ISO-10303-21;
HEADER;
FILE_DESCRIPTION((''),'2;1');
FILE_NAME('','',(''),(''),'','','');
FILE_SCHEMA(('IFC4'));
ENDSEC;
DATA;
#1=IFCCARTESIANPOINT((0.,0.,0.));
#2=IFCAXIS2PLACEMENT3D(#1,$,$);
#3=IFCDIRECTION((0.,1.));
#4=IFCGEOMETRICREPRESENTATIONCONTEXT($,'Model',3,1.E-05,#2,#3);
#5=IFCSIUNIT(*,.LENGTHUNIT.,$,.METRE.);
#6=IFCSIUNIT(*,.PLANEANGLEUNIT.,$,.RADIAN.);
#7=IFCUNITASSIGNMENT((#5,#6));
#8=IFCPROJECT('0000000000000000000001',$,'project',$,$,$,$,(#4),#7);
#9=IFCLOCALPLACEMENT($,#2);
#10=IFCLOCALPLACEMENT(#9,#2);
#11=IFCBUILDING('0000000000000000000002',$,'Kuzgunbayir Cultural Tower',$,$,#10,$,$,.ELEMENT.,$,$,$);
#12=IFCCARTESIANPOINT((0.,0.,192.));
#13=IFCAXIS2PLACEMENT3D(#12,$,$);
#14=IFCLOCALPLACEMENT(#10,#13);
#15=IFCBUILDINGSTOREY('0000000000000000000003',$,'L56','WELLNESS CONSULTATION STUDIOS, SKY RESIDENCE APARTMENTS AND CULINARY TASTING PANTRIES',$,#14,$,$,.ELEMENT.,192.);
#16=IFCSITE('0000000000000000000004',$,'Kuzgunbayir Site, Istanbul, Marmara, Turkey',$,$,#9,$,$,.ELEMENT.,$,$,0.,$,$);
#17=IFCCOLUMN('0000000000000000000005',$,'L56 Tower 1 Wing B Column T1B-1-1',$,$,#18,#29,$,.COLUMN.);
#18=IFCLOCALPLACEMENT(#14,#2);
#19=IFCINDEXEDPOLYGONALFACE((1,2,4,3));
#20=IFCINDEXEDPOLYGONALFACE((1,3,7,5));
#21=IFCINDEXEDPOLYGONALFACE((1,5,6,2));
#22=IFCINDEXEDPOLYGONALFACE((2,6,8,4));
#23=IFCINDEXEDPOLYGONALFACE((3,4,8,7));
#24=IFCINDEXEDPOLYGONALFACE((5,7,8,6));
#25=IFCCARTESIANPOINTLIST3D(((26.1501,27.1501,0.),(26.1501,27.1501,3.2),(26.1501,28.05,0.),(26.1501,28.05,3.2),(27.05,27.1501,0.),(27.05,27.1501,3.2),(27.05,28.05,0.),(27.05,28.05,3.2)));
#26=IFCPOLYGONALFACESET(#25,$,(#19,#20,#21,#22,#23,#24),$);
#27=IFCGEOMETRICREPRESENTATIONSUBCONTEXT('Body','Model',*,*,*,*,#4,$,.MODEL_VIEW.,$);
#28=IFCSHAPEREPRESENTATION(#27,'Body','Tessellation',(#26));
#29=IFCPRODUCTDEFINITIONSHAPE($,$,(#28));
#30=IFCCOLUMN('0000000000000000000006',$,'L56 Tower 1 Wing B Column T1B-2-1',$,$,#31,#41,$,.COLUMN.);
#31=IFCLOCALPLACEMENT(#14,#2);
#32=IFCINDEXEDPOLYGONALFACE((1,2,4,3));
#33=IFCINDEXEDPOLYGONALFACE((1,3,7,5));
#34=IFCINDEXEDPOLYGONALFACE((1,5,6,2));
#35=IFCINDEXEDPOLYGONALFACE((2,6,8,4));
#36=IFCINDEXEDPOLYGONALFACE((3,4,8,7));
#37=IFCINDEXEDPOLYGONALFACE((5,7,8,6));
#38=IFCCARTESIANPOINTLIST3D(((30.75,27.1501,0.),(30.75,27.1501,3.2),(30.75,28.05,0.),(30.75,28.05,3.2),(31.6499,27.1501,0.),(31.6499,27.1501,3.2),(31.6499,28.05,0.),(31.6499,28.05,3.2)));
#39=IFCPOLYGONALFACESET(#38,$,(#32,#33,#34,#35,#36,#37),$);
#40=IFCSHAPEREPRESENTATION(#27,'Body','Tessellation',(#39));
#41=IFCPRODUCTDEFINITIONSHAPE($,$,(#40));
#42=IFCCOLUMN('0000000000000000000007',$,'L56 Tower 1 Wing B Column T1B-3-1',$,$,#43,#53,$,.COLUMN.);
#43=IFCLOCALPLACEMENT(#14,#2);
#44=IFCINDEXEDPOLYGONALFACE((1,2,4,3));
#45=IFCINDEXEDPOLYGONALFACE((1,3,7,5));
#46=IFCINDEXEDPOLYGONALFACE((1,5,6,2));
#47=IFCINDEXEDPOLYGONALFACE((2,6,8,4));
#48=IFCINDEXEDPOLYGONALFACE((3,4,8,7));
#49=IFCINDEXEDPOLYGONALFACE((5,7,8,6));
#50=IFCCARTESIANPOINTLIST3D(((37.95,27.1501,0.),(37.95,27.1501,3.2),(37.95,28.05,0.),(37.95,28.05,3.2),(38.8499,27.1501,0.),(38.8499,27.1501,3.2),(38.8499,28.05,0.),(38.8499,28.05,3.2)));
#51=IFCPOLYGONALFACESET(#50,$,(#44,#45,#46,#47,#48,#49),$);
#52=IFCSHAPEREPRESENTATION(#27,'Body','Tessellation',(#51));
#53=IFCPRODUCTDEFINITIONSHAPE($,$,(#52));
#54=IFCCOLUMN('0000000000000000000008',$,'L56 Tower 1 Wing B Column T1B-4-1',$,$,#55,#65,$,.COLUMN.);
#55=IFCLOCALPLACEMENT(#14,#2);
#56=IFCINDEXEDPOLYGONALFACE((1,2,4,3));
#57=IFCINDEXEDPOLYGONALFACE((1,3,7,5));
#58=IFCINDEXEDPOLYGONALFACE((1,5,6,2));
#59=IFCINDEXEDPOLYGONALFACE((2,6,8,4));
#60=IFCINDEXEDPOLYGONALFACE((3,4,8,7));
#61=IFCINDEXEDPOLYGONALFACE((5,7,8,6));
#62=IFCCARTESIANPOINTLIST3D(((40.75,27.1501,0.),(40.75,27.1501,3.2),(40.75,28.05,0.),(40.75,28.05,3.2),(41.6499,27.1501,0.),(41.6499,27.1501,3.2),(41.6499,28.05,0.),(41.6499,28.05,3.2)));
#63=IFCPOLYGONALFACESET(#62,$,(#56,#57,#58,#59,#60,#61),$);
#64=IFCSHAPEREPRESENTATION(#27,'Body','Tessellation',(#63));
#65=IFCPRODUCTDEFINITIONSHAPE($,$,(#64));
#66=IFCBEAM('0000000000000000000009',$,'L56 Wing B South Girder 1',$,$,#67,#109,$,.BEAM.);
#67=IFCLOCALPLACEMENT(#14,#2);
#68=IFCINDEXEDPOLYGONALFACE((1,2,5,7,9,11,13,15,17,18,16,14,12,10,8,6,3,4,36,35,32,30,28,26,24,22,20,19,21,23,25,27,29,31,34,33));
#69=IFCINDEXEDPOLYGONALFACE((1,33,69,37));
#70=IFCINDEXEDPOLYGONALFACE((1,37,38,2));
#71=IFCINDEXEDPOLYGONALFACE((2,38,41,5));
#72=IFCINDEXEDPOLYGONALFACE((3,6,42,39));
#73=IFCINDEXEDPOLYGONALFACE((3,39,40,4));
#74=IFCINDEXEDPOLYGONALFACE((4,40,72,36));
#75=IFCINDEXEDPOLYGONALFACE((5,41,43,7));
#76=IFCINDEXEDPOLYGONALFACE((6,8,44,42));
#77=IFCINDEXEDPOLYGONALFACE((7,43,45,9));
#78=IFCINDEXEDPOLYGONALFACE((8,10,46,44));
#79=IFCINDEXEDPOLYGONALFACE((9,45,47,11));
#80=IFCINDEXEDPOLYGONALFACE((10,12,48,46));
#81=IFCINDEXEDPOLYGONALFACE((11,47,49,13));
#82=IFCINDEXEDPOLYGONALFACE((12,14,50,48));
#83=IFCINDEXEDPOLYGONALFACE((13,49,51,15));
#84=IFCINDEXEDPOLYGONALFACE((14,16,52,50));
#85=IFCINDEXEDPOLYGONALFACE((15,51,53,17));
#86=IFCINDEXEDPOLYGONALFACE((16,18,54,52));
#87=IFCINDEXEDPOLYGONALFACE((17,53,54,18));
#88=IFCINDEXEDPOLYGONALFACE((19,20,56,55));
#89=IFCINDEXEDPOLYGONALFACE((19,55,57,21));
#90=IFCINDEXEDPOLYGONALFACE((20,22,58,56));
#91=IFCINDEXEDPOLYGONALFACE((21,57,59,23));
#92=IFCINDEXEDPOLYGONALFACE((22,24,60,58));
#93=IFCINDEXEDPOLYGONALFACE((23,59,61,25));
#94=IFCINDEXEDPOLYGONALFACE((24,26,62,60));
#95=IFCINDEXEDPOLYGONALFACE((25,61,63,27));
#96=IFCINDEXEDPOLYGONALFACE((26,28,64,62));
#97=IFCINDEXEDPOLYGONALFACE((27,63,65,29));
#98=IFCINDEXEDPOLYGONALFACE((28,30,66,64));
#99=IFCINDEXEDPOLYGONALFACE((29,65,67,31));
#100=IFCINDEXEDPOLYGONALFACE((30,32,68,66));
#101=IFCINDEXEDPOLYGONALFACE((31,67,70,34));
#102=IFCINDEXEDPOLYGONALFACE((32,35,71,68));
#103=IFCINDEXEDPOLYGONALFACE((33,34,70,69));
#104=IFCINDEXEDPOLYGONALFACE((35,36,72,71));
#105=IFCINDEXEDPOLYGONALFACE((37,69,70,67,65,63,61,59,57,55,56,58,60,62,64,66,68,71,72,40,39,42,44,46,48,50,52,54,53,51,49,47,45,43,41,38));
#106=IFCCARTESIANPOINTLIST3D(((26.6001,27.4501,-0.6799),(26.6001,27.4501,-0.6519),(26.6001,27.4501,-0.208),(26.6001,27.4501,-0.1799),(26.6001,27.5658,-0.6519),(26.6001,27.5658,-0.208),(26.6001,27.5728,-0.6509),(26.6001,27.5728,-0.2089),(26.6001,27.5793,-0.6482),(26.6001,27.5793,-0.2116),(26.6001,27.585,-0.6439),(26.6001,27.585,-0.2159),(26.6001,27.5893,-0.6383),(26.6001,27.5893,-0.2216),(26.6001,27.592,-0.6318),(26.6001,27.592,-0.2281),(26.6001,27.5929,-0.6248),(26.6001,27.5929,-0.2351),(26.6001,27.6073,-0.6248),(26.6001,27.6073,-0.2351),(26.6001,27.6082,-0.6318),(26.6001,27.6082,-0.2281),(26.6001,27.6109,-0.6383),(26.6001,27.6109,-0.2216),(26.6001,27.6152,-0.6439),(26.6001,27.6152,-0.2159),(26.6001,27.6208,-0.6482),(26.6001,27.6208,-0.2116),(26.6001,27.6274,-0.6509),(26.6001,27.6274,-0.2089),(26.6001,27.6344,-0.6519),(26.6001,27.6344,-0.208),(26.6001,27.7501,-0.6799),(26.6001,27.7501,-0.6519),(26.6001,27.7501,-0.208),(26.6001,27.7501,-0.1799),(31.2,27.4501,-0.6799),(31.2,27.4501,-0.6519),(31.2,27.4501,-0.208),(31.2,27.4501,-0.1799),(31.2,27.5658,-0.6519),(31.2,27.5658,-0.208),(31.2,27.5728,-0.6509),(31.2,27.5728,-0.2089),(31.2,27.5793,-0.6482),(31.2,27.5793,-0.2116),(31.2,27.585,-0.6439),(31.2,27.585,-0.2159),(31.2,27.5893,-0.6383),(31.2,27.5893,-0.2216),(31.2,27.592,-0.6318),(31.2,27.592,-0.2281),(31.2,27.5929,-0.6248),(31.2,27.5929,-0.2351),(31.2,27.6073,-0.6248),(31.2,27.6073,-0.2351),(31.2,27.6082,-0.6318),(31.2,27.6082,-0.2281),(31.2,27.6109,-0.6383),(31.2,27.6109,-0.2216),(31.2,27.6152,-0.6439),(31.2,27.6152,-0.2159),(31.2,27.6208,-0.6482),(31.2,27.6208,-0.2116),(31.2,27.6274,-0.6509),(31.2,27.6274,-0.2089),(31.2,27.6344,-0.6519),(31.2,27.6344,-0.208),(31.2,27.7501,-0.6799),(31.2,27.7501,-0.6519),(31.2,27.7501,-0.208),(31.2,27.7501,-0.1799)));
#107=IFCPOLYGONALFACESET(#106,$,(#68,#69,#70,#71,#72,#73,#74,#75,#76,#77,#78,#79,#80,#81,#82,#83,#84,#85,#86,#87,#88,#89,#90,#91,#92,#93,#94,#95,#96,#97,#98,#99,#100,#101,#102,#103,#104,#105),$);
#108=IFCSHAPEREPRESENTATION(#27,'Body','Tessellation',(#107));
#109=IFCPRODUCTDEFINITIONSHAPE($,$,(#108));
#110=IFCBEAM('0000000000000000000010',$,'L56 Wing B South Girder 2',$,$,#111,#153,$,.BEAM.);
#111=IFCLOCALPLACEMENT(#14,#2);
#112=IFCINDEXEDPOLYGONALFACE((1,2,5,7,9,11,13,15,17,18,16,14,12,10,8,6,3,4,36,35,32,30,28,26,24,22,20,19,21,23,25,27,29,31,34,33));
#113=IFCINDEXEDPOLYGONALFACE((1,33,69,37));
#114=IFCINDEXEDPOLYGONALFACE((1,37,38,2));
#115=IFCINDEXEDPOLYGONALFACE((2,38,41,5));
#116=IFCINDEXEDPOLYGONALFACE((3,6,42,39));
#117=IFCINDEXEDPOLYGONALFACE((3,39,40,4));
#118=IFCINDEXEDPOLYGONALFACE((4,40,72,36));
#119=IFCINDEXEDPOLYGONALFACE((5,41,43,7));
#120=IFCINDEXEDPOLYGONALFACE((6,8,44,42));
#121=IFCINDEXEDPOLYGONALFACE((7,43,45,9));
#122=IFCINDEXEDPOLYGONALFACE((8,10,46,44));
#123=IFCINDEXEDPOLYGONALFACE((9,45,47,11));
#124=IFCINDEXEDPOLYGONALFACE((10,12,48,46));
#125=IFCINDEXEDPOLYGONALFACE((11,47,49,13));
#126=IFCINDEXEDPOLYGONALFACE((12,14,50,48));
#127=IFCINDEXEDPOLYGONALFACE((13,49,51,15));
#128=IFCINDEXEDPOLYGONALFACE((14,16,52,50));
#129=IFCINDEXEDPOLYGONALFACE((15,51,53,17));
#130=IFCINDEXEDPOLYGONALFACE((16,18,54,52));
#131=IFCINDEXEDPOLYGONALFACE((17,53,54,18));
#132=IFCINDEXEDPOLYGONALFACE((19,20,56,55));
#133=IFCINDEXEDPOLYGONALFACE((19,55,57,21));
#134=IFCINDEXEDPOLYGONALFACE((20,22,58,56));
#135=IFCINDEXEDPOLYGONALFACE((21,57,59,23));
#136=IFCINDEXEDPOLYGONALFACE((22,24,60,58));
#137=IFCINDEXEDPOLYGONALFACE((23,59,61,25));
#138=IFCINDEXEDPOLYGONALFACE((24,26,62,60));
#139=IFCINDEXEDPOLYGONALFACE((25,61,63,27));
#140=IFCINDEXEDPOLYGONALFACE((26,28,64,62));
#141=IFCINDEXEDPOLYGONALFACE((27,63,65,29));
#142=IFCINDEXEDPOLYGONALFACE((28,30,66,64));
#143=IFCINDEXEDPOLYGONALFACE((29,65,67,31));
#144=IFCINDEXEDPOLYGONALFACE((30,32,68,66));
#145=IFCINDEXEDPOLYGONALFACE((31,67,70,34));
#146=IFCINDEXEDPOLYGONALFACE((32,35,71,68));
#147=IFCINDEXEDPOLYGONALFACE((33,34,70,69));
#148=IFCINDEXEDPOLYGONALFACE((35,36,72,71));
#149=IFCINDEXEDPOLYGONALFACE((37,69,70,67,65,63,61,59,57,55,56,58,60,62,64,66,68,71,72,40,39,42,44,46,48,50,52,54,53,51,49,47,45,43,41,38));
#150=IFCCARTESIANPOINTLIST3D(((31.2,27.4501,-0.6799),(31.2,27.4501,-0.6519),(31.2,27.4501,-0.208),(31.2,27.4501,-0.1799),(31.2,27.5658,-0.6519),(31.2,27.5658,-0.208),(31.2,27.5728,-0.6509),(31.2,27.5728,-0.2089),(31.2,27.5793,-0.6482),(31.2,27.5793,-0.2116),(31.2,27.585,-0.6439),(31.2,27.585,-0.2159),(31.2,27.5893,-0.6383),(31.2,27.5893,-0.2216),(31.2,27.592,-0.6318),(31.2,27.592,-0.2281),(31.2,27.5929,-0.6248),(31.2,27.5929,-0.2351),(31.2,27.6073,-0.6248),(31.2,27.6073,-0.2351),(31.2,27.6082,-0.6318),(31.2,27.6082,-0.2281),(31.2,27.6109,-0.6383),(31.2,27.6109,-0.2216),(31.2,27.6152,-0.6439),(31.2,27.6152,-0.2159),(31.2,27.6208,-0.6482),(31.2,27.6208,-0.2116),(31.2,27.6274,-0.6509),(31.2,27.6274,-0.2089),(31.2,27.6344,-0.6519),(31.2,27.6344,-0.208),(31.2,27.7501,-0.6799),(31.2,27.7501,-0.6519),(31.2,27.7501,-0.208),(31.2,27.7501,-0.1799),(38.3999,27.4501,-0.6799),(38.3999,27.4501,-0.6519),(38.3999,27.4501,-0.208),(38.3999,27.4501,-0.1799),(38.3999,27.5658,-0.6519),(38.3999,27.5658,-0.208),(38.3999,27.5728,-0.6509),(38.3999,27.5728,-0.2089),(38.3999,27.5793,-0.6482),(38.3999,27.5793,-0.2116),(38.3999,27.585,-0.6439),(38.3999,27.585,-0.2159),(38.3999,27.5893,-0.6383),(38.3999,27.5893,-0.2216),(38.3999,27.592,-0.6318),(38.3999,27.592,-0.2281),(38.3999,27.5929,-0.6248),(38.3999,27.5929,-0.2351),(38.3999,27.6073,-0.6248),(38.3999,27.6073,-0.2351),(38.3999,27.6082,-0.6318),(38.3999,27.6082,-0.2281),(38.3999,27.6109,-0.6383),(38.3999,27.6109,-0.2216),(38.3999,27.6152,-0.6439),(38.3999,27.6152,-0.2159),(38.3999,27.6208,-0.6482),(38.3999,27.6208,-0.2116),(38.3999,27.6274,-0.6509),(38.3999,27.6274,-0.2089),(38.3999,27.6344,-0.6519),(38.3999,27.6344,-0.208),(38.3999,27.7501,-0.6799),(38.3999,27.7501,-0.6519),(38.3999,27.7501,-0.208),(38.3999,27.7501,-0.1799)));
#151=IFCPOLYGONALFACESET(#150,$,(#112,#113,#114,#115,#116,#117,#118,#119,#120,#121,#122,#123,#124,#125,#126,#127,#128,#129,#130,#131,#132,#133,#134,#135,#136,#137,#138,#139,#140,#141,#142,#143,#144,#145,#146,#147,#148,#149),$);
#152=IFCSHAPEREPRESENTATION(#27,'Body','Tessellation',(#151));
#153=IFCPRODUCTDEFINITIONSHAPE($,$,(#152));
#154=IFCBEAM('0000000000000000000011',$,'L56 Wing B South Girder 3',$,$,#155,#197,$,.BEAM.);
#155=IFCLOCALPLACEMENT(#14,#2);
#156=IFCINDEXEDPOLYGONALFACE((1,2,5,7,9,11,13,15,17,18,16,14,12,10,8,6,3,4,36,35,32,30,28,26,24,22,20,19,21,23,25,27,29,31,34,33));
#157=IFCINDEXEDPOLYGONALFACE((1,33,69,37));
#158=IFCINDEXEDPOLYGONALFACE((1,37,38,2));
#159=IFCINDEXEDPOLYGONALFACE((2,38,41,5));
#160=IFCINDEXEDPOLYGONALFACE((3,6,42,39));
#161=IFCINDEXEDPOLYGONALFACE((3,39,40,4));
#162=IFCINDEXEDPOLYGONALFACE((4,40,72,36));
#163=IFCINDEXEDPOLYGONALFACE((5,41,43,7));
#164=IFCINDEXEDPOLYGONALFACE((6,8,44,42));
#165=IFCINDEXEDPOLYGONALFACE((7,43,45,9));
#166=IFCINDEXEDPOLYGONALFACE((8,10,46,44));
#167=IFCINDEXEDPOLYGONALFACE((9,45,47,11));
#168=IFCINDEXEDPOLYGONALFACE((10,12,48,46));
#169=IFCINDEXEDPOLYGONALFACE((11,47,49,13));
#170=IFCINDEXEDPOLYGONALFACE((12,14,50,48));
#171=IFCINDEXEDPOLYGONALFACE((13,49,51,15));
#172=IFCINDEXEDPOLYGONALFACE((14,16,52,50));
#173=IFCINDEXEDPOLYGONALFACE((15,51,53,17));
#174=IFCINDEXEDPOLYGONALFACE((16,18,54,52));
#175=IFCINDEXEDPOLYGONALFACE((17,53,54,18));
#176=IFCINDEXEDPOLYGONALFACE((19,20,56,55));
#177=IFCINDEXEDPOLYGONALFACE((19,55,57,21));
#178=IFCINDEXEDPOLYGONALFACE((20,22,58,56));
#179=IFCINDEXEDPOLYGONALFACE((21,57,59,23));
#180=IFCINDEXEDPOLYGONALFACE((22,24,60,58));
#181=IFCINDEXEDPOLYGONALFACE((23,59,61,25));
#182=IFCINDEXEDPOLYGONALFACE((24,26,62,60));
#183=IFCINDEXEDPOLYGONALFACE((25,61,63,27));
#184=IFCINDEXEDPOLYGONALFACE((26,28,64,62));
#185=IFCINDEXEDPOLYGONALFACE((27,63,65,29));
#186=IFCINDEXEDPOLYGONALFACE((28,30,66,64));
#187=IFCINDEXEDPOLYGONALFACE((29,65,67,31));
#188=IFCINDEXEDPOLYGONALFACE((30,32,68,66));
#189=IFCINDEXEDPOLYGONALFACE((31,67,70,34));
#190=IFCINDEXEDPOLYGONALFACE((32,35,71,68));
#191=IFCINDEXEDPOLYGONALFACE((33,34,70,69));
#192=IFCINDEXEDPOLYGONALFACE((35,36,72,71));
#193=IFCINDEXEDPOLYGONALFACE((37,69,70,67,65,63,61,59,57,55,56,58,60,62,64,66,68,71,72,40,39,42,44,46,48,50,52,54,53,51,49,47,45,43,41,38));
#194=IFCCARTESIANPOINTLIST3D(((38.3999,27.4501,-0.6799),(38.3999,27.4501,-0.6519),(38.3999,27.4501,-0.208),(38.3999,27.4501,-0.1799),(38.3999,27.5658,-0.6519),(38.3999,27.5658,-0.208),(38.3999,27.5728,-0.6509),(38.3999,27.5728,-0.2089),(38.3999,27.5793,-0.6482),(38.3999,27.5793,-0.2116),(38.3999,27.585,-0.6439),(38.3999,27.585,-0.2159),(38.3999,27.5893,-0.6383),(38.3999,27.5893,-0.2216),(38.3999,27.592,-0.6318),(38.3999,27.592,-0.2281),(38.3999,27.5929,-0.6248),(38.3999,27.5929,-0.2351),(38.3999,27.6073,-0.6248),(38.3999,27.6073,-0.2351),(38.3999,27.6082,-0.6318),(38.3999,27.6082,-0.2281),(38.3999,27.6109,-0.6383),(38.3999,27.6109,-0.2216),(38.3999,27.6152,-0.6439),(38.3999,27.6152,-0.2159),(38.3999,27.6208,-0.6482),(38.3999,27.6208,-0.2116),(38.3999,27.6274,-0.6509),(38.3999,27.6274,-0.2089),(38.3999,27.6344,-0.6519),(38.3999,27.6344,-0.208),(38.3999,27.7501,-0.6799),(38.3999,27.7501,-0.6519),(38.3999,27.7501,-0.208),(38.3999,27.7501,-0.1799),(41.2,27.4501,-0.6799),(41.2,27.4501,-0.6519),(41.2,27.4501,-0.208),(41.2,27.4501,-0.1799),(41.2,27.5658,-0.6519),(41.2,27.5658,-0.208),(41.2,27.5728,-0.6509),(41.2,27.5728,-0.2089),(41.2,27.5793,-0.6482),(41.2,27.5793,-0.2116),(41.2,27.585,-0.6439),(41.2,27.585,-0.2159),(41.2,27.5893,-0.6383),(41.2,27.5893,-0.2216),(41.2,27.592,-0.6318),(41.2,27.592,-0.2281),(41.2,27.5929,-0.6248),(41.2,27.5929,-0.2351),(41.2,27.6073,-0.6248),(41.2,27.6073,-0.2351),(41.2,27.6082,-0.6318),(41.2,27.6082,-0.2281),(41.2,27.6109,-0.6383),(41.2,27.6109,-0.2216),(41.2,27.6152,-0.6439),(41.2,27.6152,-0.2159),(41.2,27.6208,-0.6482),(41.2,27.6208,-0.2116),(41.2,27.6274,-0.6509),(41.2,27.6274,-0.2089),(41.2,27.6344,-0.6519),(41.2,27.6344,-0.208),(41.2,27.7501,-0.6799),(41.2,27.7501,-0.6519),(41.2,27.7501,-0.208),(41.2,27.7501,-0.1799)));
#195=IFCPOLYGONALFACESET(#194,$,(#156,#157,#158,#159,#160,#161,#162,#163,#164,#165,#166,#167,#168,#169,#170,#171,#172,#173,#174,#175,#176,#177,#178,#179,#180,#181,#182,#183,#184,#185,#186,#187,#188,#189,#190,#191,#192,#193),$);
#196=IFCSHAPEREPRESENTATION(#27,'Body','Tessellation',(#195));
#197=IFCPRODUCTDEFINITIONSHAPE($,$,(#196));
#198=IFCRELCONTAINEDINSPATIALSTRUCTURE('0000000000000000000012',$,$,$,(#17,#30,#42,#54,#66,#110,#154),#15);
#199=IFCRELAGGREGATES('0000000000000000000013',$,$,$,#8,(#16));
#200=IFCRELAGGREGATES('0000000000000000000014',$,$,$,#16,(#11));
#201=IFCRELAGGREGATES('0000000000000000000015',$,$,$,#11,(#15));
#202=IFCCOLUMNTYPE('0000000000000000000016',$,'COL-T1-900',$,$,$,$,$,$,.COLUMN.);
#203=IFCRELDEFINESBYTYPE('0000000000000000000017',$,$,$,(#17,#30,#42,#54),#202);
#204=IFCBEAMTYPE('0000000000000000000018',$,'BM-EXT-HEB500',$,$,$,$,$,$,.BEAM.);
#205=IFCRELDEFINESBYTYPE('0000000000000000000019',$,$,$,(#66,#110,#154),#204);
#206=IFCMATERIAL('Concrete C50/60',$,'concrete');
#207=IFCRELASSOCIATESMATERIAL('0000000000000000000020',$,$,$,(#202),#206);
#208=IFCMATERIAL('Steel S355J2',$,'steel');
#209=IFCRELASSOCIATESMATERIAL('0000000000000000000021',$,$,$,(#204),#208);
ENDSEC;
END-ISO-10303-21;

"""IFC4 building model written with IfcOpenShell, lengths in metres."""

from ifc_helpers import new_model, si_unit, direction, frame, origin, origin_2d, place, context, subcontext, project, spatial, rectangle, i_section, extrude, material, material_profile, profile_set, type_object, element, save


model = new_model("IFC4")

# Units and contexts
model_context = context("Model", 3, precision=1e-05, world=origin(), true_north=direction((0.0, 1.0)))
body_context = subcontext(model_context, "Body", "Model", "MODEL_VIEW")
ifc_project = project(units=[si_unit("LENGTHUNIT", "METRE"), si_unit("PLANEANGLEUNIT", "RADIAN")], contexts=[model_context])

# Site, building, storey
site_placement = place(None, origin())
site = spatial("IfcSite", under=ifc_project, at=site_placement, Name="Kuzgunbayir Site, Istanbul, Marmara, Turkey", CompositionType="ELEMENT", RefElevation=0.0)
building_placement = place(site_placement, origin())
building = spatial("IfcBuilding", under=site, at=building_placement, Name="Kuzgunbayir Cultural Tower", CompositionType="ELEMENT")
storey_placement = place(building_placement, frame((0.0, 0.0, 192.0)))
storey = spatial("IfcBuildingStorey", under=building, at=storey_placement, Name="L56", Description="WELLNESS CONSULTATION STUDIOS, SKY RESIDENCE APARTMENTS AND CULINARY TASTING PANTRIES", CompositionType="ELEMENT", Elevation=192.0)

# Columns
ifc_material_1 = material(Name="Concrete C50/60", Category="concrete")
ifc_material_profile_1 = material_profile(ifc_material_1, rectangle(XDim=0.8999, YDim=0.8999, at=origin_2d()), Name="RC 900x900")
ifc_profile_set_1 = profile_set([ifc_material_profile_1], Name="Concrete C50/60")
column_type = type_object("IfcColumnType", Name="COL-T1-900", PredefinedType="COLUMN", material=ifc_profile_set_1)
for number, where, z_axis, x_axis, name in (
    (1, (26.6001, 27.6001, 0.0), (0.0, 0.0, 1.0), (1.0, 0.0, 0.0), "L56 Tower 1 Wing B Column T1B-1-1"),
    (2, (31.2, 27.6001, 0.0), (0.0, 0.0, 1.0), (1.0, 0.0, 0.0), "L56 Tower 1 Wing B Column T1B-2-1"),
    (3, (38.3999, 27.6001, 0.0), (0.0, 0.0, 1.0), (1.0, 0.0, 0.0), "L56 Tower 1 Wing B Column T1B-3-1"),
    (4, (41.2, 27.6001, 0.0), (0.0, 0.0, 1.0), (1.0, 0.0, 0.0), "L56 Tower 1 Wing B Column T1B-4-1"),
):
    element("IfcColumn", number, at=place(storey_placement, frame(where, z_axis=z_axis, x_axis=x_axis)), inside=storey, type_object=column_type, Name=name, PredefinedType="COLUMN", context=body_context, shape_type="SweptSolid", body=[
        extrude(rectangle(XDim=0.8999, YDim=0.8999, at=origin_2d()), origin(), (0.0, 0.0, 1.0), 3.2),
    ])

# Beams
ifc_material_2 = material(Name="Steel S355J2", Category="steel")
ifc_material_profile_2 = material_profile(ifc_material_2, i_section(OverallWidth=0.3, OverallDepth=0.5, WebThickness=0.0144, FlangeThickness=0.0281, FilletRadius=0.0271, at=origin_2d()), Name="HEB 500")
ifc_profile_set_2 = profile_set([ifc_material_profile_2], Name="Steel S355J2")
beam_type_1 = type_object("IfcBeamType", Name="BM-EXT-HEB500", PredefinedType="BEAM", material=ifc_profile_set_2)
beam_1_placement = place(storey_placement, frame((26.6001, 27.6001, -0.4299), z_axis=(1.0, 0.0, 0.0), x_axis=(0.0, 1.0, 0.0)))
element("IfcBeam", 5, at=beam_1_placement, inside=storey, type_object=beam_type_1, Name="L56 Wing B South Girder 1", PredefinedType="BEAM", context=body_context, shape_type="SweptSolid", body=[
    extrude(i_section(OverallWidth=0.3, OverallDepth=0.5, WebThickness=0.0144, FlangeThickness=0.0281, FilletRadius=0.0271, at=origin_2d()), origin(), (0.0, 0.0, 1.0), 4.5999),
])
beam_2_placement = place(storey_placement, frame((31.2, 27.6001, -0.4299), z_axis=(1.0, 0.0, 0.0), x_axis=(0.0, 1.0, 0.0)))
element("IfcBeam", 6, at=beam_2_placement, inside=storey, type_object=beam_type_1, Name="L56 Wing B South Girder 2", PredefinedType="BEAM", context=body_context, shape_type="SweptSolid", body=[
    extrude(i_section(OverallWidth=0.3, OverallDepth=0.5, WebThickness=0.0144, FlangeThickness=0.0281, FilletRadius=0.0271, at=origin_2d()), origin(), (0.0, 0.0, 1.0), 7.2),
])
beam_3_placement = place(storey_placement, frame((38.3999, 27.6001, -0.4299), z_axis=(1.0, 0.0, 0.0), x_axis=(0.0, 1.0, 0.0)))
element("IfcBeam", 7, at=beam_3_placement, inside=storey, type_object=beam_type_1, Name="L56 Wing B South Girder 3", PredefinedType="BEAM", context=body_context, shape_type="SweptSolid", body=[
    extrude(i_section(OverallWidth=0.3, OverallDepth=0.5, WebThickness=0.0144, FlangeThickness=0.0281, FilletRadius=0.0271, at=origin_2d()), origin(), (0.0, 0.0, 1.0), 2.8),
])

save(model, "model.ifc")
